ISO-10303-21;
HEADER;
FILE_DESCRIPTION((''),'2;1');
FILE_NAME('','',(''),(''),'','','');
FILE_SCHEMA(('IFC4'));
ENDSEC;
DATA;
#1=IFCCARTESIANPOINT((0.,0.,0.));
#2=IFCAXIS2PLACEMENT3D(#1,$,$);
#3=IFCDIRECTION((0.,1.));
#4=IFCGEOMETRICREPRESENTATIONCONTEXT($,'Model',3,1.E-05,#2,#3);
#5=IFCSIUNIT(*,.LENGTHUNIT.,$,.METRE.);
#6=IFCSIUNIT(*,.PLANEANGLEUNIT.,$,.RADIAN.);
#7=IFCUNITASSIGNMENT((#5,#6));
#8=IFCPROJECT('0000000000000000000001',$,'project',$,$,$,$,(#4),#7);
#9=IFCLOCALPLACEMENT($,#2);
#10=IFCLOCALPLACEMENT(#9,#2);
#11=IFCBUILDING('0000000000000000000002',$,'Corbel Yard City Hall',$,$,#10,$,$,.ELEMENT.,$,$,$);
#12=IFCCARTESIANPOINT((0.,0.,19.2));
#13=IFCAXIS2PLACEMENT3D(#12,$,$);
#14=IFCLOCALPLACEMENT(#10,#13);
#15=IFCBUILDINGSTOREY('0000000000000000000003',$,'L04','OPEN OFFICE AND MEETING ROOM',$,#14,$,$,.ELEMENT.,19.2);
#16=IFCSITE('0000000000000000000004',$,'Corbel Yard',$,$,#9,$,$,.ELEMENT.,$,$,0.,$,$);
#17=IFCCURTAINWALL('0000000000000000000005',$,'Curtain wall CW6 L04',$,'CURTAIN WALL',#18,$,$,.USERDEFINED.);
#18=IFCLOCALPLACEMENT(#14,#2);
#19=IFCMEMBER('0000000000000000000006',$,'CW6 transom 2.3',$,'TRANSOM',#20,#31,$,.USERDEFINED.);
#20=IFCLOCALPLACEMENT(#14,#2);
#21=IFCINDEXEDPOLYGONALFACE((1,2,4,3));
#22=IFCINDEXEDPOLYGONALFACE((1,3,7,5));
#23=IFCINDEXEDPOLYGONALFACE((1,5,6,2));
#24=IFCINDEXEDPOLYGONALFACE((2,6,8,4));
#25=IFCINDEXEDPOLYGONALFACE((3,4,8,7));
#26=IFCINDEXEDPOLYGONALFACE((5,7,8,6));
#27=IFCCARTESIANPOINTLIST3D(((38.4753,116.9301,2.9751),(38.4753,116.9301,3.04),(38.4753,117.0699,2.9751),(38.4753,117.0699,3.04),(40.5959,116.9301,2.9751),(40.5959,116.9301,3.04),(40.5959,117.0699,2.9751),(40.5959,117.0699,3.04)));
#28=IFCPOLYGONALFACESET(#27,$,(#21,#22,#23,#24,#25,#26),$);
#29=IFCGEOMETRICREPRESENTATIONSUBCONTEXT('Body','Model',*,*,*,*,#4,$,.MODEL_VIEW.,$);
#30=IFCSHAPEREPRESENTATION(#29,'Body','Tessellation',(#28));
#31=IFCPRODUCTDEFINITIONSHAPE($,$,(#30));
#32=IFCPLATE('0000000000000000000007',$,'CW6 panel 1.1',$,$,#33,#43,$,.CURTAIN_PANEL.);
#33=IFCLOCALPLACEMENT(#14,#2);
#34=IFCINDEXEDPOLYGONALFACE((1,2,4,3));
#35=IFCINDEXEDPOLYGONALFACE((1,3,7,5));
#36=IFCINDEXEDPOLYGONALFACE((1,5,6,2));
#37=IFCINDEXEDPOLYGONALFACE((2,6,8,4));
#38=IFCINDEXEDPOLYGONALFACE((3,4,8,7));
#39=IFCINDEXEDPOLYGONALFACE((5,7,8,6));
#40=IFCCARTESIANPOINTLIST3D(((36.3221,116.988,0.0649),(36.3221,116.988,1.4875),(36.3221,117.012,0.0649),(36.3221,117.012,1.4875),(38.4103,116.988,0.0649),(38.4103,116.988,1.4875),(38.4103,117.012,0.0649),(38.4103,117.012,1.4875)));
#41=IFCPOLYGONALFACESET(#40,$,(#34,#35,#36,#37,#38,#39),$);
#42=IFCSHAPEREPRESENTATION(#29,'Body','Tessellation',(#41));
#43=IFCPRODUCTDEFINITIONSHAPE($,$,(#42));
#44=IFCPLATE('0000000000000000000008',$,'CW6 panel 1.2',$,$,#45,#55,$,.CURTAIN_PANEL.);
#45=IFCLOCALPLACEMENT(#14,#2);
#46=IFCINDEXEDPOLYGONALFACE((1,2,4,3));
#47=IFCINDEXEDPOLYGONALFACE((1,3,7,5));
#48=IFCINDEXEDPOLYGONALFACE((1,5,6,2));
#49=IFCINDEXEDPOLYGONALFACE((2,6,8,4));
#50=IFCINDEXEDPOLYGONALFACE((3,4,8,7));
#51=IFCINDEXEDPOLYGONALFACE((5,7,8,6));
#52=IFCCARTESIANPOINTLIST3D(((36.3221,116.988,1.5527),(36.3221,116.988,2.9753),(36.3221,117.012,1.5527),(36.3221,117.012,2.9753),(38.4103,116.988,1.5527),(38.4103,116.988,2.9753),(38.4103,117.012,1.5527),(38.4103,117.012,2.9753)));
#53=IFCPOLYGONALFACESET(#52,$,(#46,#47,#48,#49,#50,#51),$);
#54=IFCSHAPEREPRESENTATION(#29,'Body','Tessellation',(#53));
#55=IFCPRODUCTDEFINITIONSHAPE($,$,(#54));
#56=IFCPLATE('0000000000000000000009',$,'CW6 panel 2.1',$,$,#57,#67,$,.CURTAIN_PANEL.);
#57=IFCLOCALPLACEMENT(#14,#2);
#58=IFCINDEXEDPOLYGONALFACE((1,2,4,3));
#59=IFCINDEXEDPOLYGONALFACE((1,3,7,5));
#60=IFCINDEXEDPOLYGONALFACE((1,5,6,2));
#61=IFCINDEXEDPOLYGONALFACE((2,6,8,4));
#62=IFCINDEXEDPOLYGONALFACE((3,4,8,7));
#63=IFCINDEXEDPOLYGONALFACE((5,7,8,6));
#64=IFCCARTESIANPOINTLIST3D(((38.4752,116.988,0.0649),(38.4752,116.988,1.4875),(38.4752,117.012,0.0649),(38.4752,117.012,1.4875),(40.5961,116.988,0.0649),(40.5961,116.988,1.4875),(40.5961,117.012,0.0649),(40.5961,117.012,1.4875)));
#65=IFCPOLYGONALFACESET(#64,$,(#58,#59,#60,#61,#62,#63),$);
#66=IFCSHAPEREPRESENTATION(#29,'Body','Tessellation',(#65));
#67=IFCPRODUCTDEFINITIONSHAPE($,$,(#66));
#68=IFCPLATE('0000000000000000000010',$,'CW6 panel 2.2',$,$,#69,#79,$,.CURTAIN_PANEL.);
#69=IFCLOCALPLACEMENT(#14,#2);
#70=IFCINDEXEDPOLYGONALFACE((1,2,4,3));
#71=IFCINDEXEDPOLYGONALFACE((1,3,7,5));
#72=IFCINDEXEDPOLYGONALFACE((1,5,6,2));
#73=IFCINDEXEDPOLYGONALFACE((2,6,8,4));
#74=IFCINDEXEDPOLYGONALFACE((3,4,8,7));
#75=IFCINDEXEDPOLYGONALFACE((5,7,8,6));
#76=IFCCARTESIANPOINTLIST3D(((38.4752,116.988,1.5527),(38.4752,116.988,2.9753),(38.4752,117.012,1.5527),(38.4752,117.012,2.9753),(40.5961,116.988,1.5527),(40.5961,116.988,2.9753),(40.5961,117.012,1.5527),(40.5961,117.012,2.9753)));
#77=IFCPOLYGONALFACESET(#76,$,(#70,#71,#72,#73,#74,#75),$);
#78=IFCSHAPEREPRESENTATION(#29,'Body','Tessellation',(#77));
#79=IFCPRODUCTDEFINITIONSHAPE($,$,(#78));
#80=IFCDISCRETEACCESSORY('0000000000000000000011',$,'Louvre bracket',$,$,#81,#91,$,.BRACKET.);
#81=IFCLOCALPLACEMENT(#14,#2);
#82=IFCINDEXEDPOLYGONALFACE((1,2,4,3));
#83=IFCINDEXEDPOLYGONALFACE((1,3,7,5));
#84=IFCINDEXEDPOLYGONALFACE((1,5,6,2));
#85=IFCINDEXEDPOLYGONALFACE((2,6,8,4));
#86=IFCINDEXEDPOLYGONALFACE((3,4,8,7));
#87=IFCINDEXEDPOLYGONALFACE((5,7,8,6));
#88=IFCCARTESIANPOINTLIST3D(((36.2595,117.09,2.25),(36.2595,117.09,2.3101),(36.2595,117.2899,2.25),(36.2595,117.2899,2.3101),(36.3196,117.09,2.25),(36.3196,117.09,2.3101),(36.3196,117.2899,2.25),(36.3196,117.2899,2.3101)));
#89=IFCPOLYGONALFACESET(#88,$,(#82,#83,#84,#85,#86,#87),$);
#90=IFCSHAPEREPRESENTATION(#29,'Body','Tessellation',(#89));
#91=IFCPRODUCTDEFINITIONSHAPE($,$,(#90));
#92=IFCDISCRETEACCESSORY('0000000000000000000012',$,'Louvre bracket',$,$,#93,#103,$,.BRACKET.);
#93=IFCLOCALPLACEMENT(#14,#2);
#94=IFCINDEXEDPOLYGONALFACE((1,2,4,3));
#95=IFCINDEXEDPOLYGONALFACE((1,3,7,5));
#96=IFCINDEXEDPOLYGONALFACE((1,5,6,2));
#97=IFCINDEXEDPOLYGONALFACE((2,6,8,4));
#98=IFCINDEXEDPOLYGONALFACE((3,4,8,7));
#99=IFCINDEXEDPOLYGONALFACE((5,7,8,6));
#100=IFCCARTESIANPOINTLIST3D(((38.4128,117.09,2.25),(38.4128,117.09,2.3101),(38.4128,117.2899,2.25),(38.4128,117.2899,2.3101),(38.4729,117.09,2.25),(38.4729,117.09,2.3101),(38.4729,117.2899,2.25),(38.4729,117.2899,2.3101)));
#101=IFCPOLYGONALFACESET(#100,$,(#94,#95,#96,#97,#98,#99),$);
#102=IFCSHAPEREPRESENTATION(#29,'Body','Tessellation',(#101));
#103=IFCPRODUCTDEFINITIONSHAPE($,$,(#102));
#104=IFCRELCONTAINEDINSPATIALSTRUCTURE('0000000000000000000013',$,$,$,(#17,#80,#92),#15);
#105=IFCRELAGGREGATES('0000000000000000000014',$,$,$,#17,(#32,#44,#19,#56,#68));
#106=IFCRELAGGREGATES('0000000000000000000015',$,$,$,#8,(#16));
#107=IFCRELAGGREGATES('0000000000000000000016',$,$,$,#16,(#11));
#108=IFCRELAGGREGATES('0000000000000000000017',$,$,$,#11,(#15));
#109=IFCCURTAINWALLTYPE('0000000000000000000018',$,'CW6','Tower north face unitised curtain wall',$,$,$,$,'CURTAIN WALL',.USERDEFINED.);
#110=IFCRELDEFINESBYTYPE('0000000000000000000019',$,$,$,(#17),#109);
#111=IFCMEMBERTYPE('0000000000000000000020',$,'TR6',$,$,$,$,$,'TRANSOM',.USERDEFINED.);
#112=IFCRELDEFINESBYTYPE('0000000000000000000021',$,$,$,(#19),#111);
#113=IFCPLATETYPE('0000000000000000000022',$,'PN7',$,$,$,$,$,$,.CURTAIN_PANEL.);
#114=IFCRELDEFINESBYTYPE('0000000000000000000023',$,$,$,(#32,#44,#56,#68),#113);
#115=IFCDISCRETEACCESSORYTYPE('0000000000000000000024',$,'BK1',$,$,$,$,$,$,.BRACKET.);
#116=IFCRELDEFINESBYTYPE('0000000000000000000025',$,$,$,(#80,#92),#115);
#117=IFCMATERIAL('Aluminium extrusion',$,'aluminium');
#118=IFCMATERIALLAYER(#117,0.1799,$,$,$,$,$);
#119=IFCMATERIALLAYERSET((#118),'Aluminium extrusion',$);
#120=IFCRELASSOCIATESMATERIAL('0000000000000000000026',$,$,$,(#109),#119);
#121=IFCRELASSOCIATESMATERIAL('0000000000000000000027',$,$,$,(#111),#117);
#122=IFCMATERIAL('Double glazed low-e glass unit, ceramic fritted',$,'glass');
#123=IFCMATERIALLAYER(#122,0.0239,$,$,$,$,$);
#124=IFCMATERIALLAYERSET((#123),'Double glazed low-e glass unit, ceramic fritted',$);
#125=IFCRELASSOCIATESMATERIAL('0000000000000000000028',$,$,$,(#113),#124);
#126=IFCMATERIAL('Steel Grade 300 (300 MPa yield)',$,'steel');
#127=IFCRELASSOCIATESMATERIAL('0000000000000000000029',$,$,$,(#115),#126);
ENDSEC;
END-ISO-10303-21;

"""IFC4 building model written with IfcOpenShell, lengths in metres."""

from ifc_helpers import new_model, si_unit, direction, frame, origin, origin_2d, place, context, subcontext, project, spatial, rectangle, extrude, material, layer, layer_set, material_profile, profile_set, type_object, element, aggregate, save


model = new_model("IFC4")

# Units and contexts
model_context = context("Model", 3, precision=1e-05, world=origin(), true_north=direction((0.0, 1.0)))
body_context = subcontext(model_context, "Body", "Model", "MODEL_VIEW")
ifc_project = project(units=[si_unit("LENGTHUNIT", "METRE"), si_unit("PLANEANGLEUNIT", "RADIAN")], contexts=[model_context])

# Site, building, storey
site_placement = place(None, origin())
site = spatial("IfcSite", under=ifc_project, at=site_placement, Name="Corbel Yard", CompositionType="ELEMENT", RefElevation=0.0)
building_placement = place(site_placement, origin())
building = spatial("IfcBuilding", under=site, at=building_placement, Name="Corbel Yard City Hall", CompositionType="ELEMENT")
storey_placement = place(building_placement, frame((0.0, 0.0, 19.2)))
storey = spatial("IfcBuildingStorey", under=building, at=storey_placement, Name="L04", Description="OPEN OFFICE AND MEETING ROOM", CompositionType="ELEMENT", Elevation=19.2)

# Curtain wall
ifc_material_1 = material(Name="Aluminium extrusion", Category="aluminium")
ifc_layer_1 = layer(ifc_material_1, 0.1799)
ifc_layer_set_1 = layer_set([ifc_layer_1], Name="Aluminium extrusion")
curtain_wall_type = type_object("IfcCurtainWallType", Name="CW6", Description="Tower north face unitised curtain wall", ElementType="CURTAIN WALL", PredefinedType="USERDEFINED", material=ifc_layer_set_1)
curtain_wall_placement = place(storey_placement, origin())
curtain_wall = element("IfcCurtainWall", 1, at=curtain_wall_placement, inside=storey, type_object=curtain_wall_type, Name="Curtain wall CW6 L04", ObjectType="CURTAIN WALL", PredefinedType="USERDEFINED")

# Member
ifc_material_profile_1 = material_profile(ifc_material_1, rectangle(XDim=0.1399, YDim=0.0649, at=origin_2d()), Name="140x65")
ifc_profile_set_1 = profile_set([ifc_material_profile_1], Name="Aluminium extrusion")
member_type_1 = type_object("IfcMemberType", Name="TR6", ElementType="TRANSOM", PredefinedType="USERDEFINED", material=ifc_profile_set_1)
member_1_placement = place(storey_placement, frame((38.4753, 117.0, 3.0076), z_axis=(1.0, 0.0, 0.0), x_axis=(0.0, 1.0, 0.0)))
member_1 = element("IfcMember", 2, at=member_1_placement, type_object=member_type_1, Name="CW6 transom 2.3", ObjectType="TRANSOM", PredefinedType="USERDEFINED", context=body_context, shape_type="SweptSolid", body=[
    extrude(rectangle(XDim=0.1399, YDim=0.0649, at=origin_2d()), origin(), (0.0, 0.0, 1.0), 2.1206),
])

# Plates
ifc_material_2 = material(Name="Double glazed low-e glass unit, ceramic fritted", Category="glass")
ifc_layer_2 = layer(ifc_material_2, 0.0239)
ifc_layer_set_2 = layer_set([ifc_layer_2], Name="Double glazed low-e glass unit, ceramic fritted")
plate_type = type_object("IfcPlateType", Name="PN7", PredefinedType="CURTAIN_PANEL", material=ifc_layer_set_2)
plate_1_placement = place(storey_placement, frame((37.3662, 117.0, 0.0649), z_axis=(0.0, 0.0, 1.0), x_axis=(1.0, 0.0, 0.0)))
plate_1 = element("IfcPlate", 3, at=plate_1_placement, type_object=plate_type, Name="CW6 panel 1.1", PredefinedType="CURTAIN_PANEL", context=body_context, shape_type="SweptSolid", body=[
    extrude(rectangle(XDim=2.0881, YDim=0.0239, at=origin_2d()), origin(), (0.0, 0.0, 1.0), 1.4226),
])
plate_2_placement = place(storey_placement, frame((37.3662, 117.0, 1.5527), z_axis=(0.0, 0.0, 1.0), x_axis=(1.0, 0.0, 0.0)))
plate_2 = element("IfcPlate", 4, at=plate_2_placement, type_object=plate_type, Name="CW6 panel 1.2", PredefinedType="CURTAIN_PANEL", context=body_context, shape_type="SweptSolid", body=[
    extrude(rectangle(XDim=2.0881, YDim=0.0239, at=origin_2d()), origin(), (0.0, 0.0, 1.0), 1.4226),
])
plate_3_placement = place(storey_placement, frame((39.5356, 117.0, 0.0649), z_axis=(0.0, 0.0, 1.0), x_axis=(1.0, 0.0, 0.0)))
plate_3 = element("IfcPlate", 5, at=plate_3_placement, type_object=plate_type, Name="CW6 panel 2.1", PredefinedType="CURTAIN_PANEL", context=body_context, shape_type="SweptSolid", body=[
    extrude(rectangle(XDim=2.1208, YDim=0.0239, at=origin_2d()), origin(), (0.0, 0.0, 1.0), 1.4226),
])
plate_4_placement = place(storey_placement, frame((39.5356, 117.0, 1.5527), z_axis=(0.0, 0.0, 1.0), x_axis=(1.0, 0.0, 0.0)))
plate_4 = element("IfcPlate", 6, at=plate_4_placement, type_object=plate_type, Name="CW6 panel 2.2", PredefinedType="CURTAIN_PANEL", context=body_context, shape_type="SweptSolid", body=[
    extrude(rectangle(XDim=2.1208, YDim=0.0239, at=origin_2d()), origin(), (0.0, 0.0, 1.0), 1.4226),
])
aggregate(curtain_wall, [plate_1, plate_2, member_1, plate_3, plate_4])

# Discrete accessories
ifc_material_3 = material(Name="Steel Grade 300 (300 MPa yield)", Category="steel")
discrete_accessory_type = type_object("IfcDiscreteAccessoryType", Name="BK1", PredefinedType="BRACKET", material=ifc_material_3)
for number, where, z_axis, x_axis, name in (
    (7, (36.2896, 117.1899, 2.25), (0.0, 0.0, 1.0), (1.0, 0.0, 0.0), "Louvre bracket"),
    (8, (38.4429, 117.1899, 2.25), (0.0, 0.0, 1.0), (1.0, 0.0, 0.0), "Louvre bracket"),
):
    element("IfcDiscreteAccessory", number, at=place(storey_placement, frame(where, z_axis=z_axis, x_axis=x_axis)), inside=storey, type_object=discrete_accessory_type, Name=name, PredefinedType="BRACKET", context=body_context, shape_type="SweptSolid", body=[
        extrude(rectangle(XDim=0.0601, YDim=0.2, at=origin_2d()), origin(), (0.0, 0.0, 1.0), 0.0601),
    ])

save(model, "model.ifc")
